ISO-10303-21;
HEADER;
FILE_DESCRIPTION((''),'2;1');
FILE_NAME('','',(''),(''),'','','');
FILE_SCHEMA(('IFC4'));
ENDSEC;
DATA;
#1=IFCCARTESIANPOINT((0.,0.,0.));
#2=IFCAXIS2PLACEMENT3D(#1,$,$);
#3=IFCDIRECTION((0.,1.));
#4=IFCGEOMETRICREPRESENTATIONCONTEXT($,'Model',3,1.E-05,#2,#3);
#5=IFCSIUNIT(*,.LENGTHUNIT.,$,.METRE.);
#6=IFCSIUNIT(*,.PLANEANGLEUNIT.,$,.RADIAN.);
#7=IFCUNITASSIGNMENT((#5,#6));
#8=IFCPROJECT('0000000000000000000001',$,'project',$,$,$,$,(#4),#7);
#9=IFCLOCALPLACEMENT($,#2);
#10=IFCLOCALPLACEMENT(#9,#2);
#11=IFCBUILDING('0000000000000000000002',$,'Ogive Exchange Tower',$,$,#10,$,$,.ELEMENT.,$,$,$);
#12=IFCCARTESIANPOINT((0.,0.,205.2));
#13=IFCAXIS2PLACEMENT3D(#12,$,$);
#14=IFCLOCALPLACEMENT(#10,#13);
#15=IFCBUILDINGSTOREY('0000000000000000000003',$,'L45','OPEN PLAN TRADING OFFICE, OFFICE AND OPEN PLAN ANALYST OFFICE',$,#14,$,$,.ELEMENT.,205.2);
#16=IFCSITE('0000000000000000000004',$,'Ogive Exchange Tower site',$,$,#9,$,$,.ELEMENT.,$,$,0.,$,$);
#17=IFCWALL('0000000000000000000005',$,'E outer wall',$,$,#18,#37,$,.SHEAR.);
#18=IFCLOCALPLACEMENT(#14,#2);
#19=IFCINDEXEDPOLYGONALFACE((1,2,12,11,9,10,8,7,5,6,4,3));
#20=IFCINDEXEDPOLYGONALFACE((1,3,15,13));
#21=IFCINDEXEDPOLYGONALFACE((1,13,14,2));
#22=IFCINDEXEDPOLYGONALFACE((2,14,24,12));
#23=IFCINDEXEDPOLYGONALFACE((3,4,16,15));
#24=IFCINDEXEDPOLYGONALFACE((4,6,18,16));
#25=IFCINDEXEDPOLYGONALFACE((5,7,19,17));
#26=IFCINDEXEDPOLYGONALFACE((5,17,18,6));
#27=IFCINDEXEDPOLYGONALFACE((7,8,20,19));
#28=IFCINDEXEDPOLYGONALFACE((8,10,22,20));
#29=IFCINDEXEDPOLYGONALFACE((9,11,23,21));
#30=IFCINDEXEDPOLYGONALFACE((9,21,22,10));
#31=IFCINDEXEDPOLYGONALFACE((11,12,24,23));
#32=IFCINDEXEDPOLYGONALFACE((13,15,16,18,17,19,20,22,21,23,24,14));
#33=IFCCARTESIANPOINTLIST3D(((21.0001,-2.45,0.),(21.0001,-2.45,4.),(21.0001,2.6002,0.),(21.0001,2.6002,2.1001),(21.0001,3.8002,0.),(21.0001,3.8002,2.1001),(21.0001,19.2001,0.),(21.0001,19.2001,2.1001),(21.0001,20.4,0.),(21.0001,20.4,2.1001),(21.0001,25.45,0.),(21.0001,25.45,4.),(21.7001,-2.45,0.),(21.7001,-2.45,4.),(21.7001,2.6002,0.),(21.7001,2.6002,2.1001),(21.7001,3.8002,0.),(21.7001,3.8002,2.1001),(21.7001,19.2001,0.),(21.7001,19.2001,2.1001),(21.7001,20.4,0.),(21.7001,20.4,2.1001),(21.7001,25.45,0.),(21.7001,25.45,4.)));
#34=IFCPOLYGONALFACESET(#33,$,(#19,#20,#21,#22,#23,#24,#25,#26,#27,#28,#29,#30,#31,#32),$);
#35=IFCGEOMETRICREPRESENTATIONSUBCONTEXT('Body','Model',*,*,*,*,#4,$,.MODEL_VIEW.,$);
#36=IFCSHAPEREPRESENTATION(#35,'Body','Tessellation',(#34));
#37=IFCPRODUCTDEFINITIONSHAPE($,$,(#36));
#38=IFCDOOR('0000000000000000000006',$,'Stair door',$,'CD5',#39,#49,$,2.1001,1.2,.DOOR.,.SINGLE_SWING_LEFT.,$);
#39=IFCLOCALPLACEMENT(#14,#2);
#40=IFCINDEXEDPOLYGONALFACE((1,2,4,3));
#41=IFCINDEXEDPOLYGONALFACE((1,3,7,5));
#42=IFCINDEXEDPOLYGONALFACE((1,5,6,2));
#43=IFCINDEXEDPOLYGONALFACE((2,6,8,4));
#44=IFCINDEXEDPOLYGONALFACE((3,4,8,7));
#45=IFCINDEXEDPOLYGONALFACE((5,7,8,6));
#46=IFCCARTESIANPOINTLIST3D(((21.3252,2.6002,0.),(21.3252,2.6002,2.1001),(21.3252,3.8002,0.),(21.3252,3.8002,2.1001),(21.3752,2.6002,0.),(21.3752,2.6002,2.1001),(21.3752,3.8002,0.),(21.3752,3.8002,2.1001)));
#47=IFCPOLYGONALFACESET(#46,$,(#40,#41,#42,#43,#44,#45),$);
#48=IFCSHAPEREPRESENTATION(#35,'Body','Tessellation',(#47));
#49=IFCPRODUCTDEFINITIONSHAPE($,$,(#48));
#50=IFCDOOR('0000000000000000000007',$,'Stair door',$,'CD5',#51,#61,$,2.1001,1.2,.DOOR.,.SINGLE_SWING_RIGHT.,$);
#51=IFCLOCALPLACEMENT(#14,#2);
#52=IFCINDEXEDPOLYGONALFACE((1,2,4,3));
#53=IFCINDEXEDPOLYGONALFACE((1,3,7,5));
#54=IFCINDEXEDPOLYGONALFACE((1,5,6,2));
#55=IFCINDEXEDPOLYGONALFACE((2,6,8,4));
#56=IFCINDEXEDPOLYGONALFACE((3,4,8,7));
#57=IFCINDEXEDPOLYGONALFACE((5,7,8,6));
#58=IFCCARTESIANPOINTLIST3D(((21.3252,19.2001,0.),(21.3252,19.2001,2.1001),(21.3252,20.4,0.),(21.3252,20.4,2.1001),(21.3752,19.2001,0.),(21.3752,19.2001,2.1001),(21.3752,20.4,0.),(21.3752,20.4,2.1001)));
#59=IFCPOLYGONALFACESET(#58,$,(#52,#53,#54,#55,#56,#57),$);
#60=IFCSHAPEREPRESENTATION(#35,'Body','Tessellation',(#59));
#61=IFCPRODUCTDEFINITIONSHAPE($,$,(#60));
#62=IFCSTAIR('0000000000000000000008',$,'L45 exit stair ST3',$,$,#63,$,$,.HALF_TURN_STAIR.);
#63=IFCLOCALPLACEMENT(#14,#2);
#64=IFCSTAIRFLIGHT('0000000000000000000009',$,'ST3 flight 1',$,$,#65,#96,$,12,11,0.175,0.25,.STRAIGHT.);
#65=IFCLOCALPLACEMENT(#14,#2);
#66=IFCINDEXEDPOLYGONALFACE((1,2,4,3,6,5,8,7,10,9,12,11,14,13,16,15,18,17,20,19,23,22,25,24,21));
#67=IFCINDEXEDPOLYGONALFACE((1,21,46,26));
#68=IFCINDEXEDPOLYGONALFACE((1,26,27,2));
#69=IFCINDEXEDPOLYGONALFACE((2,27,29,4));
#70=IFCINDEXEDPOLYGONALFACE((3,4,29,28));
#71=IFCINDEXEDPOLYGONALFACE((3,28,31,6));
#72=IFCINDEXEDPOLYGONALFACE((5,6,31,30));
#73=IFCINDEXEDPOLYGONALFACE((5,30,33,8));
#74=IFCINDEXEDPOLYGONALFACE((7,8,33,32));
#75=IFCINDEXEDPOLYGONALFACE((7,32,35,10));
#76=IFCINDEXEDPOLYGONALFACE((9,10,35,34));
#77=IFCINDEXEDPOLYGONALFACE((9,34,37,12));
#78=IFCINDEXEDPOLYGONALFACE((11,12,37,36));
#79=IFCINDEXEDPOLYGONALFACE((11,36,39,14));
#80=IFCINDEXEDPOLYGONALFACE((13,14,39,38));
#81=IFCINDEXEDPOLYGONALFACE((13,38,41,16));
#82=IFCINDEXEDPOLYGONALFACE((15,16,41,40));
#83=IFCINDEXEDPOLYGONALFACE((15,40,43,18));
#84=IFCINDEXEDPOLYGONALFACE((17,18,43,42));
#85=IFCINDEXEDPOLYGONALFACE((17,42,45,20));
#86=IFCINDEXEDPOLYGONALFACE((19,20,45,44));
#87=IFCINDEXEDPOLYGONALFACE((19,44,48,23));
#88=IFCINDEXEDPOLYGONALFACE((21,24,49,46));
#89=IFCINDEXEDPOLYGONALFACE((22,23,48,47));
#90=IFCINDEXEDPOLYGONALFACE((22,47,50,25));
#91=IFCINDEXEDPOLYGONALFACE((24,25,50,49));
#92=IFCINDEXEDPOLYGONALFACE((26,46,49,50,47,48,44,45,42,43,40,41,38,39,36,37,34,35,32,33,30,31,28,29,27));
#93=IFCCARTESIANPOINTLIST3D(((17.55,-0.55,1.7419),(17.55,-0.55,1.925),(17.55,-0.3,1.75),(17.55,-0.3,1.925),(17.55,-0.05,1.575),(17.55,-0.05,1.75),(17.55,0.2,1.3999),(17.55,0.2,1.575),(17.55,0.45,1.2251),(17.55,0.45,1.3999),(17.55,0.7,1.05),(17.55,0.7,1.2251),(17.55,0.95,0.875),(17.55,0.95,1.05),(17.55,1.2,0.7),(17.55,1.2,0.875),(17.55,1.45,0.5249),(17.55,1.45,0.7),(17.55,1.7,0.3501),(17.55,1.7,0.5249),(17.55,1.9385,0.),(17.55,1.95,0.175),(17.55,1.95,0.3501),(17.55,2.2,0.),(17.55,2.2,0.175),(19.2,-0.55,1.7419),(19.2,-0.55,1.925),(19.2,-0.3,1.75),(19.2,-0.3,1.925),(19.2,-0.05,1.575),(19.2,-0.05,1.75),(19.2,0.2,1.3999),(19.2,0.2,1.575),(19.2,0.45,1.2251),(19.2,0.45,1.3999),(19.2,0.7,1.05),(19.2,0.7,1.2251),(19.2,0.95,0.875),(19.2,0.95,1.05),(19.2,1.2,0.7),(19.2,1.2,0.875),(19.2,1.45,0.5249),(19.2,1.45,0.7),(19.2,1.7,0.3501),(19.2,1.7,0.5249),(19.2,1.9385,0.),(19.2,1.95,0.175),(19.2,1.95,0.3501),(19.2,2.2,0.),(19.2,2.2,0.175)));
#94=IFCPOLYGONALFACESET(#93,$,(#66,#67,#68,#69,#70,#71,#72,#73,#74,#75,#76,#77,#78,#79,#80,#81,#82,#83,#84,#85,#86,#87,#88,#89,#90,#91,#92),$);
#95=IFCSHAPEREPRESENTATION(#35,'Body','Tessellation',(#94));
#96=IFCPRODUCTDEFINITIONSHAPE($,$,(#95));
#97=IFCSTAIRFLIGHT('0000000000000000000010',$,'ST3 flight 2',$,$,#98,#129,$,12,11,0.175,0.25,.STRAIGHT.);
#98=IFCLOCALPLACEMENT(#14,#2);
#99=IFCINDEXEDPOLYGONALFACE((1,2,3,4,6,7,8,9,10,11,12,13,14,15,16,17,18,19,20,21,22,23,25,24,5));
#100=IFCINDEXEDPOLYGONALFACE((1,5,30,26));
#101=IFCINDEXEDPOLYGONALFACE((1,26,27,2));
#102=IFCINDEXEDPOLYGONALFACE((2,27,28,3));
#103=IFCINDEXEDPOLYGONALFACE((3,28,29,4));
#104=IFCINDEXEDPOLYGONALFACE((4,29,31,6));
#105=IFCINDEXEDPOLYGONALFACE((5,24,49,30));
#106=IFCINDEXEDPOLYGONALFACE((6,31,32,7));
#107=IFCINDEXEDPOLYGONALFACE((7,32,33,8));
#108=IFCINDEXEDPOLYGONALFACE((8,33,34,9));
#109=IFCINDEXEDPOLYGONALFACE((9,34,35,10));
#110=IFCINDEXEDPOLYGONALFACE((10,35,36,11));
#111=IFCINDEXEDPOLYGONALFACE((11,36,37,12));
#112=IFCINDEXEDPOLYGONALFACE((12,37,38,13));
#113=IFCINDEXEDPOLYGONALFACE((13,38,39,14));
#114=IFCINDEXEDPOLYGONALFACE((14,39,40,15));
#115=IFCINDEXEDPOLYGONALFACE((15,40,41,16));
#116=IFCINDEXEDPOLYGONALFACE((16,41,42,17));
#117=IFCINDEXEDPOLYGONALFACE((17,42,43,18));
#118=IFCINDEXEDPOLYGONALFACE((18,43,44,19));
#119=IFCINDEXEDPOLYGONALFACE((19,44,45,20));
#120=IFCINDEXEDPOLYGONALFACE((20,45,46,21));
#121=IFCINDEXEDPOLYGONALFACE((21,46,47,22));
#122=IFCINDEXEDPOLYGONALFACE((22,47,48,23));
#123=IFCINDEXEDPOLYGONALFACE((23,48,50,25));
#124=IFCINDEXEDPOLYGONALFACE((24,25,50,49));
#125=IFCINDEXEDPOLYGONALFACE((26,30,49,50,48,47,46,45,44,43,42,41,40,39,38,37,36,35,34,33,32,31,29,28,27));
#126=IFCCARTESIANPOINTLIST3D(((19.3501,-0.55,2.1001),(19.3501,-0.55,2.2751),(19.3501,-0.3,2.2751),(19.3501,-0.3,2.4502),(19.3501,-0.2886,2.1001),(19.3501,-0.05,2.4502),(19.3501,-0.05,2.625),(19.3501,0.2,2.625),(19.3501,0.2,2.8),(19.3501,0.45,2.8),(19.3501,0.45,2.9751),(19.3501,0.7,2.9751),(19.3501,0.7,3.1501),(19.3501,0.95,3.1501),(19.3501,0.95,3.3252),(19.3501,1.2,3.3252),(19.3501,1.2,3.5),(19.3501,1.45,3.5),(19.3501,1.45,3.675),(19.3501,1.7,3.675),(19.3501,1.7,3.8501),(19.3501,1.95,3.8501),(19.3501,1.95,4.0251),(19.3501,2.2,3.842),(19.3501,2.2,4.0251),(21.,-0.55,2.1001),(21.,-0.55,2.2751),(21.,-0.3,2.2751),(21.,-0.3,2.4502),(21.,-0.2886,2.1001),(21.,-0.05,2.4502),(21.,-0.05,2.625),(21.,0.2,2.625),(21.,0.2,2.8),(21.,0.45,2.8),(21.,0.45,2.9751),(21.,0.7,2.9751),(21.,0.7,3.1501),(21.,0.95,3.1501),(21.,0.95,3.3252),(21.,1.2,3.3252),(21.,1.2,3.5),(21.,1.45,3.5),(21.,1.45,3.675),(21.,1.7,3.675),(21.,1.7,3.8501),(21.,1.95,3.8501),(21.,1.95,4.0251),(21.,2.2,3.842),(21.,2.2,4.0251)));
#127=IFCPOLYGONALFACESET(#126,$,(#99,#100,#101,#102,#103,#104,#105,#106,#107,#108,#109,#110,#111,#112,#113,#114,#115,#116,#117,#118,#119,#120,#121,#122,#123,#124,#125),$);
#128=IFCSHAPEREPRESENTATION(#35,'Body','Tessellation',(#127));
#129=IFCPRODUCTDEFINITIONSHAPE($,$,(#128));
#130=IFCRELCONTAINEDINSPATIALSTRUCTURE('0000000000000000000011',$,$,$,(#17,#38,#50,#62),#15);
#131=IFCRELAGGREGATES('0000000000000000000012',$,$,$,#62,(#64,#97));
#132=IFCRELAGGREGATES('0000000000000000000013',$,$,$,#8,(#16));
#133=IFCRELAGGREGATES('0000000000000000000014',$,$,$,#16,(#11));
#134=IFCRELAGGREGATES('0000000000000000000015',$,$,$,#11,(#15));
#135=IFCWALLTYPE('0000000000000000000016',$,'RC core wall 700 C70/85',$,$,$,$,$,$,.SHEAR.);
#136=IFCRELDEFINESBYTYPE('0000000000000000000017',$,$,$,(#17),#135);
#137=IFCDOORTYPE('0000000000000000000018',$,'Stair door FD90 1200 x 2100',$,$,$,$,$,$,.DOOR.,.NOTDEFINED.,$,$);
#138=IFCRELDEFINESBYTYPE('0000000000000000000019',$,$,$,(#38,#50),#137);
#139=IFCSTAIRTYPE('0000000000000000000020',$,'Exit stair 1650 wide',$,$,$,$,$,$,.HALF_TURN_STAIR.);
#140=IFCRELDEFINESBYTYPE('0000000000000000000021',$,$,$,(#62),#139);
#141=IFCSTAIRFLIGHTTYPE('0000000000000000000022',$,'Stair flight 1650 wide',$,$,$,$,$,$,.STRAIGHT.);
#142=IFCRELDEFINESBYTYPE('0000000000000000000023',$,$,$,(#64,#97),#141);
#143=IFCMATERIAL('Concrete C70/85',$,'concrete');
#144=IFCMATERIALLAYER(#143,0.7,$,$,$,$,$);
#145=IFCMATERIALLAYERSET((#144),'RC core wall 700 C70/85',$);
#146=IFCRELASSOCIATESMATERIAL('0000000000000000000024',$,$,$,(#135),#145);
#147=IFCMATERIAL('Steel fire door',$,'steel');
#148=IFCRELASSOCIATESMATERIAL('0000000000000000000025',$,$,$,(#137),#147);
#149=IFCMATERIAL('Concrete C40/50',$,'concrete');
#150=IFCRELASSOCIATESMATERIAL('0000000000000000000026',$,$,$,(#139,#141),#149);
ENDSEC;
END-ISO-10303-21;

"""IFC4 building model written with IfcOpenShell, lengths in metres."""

from ifc_helpers import new_model, si_unit, direction, frame, frame_2d, origin, place, context, subcontext, project, spatial, polyline, rectangle, outline, extrude, material, layer, layer_set, type_object, element, fill, aggregate, save


model = new_model("IFC4")

# Units and contexts
model_context = context("Model", 3, precision=1e-05, world=origin(), true_north=direction((0.0, 1.0)))
body_context = subcontext(model_context, "Body", "Model", "MODEL_VIEW")
ifc_project = project(units=[si_unit("LENGTHUNIT", "METRE"), si_unit("PLANEANGLEUNIT", "RADIAN")], contexts=[model_context])

# Site, building, storey
site_placement = place(None, origin())
site = spatial("IfcSite", under=ifc_project, at=site_placement, Name="Ogive Exchange Tower site", CompositionType="ELEMENT", RefElevation=0.0)
building_placement = place(site_placement, origin())
building = spatial("IfcBuilding", under=site, at=building_placement, Name="Ogive Exchange Tower", CompositionType="ELEMENT")
storey_placement = place(building_placement, frame((0.0, 0.0, 205.2)))
storey = spatial("IfcBuildingStorey", under=building, at=storey_placement, Name="L45", Description="OPEN PLAN TRADING OFFICE, OFFICE AND OPEN PLAN ANALYST OFFICE", CompositionType="ELEMENT", Elevation=205.2)

# Shared definitions
ifc_material_1 = material(Name="Concrete C70/85", Category="concrete")
ifc_material_2 = material(Name="Steel fire door", Category="steel")

# Wall, openings, doors
ifc_layer_1 = layer(ifc_material_1, 0.7)
ifc_layer_set_1 = layer_set([ifc_layer_1], Name="RC core wall 700 C70/85")
wall_type_1 = type_object("IfcWallType", Name="RC core wall 700 C70/85", PredefinedType="SHEAR", material=ifc_layer_set_1)
wall_1_placement = place(storey_placement, frame((21.3501, -2.45, 0.0), z_axis=(0.0, 0.0, 1.0), x_axis=(0.0, 1.0, 0.0)))
wall_1 = element("IfcWall", 1, at=wall_1_placement, inside=storey, type_object=wall_type_1, Name="E outer wall", PredefinedType="SHEAR", context=body_context, shape_type="SweptSolid", body=[
    extrude(rectangle(XDim=27.8999, YDim=0.7, at=frame_2d((13.95, 0.0))), origin(), (0.0, 0.0, 1.0), 4.0),
])
opening_1_placement = place(wall_1_placement, frame((5.05, 0.0, 0.0)))
opening_1 = element("IfcOpeningElement", 2, at=opening_1_placement, cuts=wall_1, PredefinedType="OPENING", context=body_context, shape_type="SweptSolid", body=[
    extrude(rectangle(XDim=1.2, YDim=2.1001, at=frame_2d((0.6001, 1.05))), frame((0.0, 0.3599, 0.0), z_axis=(0.0, -1.0, 0.0), x_axis=(1.0, 0.0, 0.0)), (0.0, 0.0, 1.0), 0.72),
])
opening_2_placement = place(wall_1_placement, frame((21.6499, 0.0, 0.0)))
opening_2 = element("IfcOpeningElement", 3, at=opening_2_placement, cuts=wall_1, PredefinedType="OPENING", context=body_context, shape_type="SweptSolid", body=[
    extrude(rectangle(XDim=1.2, YDim=2.1001, at=frame_2d((0.6001, 1.05))), frame((0.0, 0.3599, 0.0), z_axis=(0.0, -1.0, 0.0), x_axis=(1.0, 0.0, 0.0)), (0.0, 0.0, 1.0), 0.72),
])
door_type_1 = type_object("IfcDoorType", Name="Stair door FD90 1200 x 2100", OperationType="NOTDEFINED", PredefinedType="DOOR", material=ifc_material_2)
door_1_placement = place(opening_1_placement, origin())
door_1 = element("IfcDoor", 4, at=door_1_placement, inside=storey, type_object=door_type_1, Name="Stair door", ObjectType="CD5", OperationType="SINGLE_SWING_LEFT", OverallHeight=2.1001, OverallWidth=1.2, PredefinedType="DOOR", context=body_context, shape_type="SweptSolid", body=[
    extrude(rectangle(XDim=1.2, YDim=2.1001, at=frame_2d((0.6001, 1.05))), frame((0.0, 0.0249, 0.0), z_axis=(0.0, -1.0, 0.0), x_axis=(1.0, 0.0, 0.0)), (0.0, 0.0, 1.0), 0.05),
])
fill(opening_1, door_1)
door_2_placement = place(opening_2_placement, origin())
door_2 = element("IfcDoor", 5, at=door_2_placement, inside=storey, type_object=door_type_1, Name="Stair door", ObjectType="CD5", OperationType="SINGLE_SWING_RIGHT", OverallHeight=2.1001, OverallWidth=1.2, PredefinedType="DOOR", context=body_context, shape_type="SweptSolid", body=[
    extrude(rectangle(XDim=1.2, YDim=2.1001, at=frame_2d((0.6001, 1.05))), frame((0.0, 0.0249, 0.0), z_axis=(0.0, -1.0, 0.0), x_axis=(1.0, 0.0, 0.0)), (0.0, 0.0, 1.0), 0.05),
])
fill(opening_2, door_2)

# Stair, stair flights
ifc_material_3 = material(Name="Concrete C40/50", Category="concrete")
stair_type = type_object("IfcStairType", Name="Exit stair 1650 wide", PredefinedType="HALF_TURN_STAIR", material=ifc_material_3)
stair_placement = place(storey_placement, origin())
stair = element("IfcStair", 6, at=stair_placement, inside=storey, type_object=stair_type, Name="L45 exit stair ST3", PredefinedType="HALF_TURN_STAIR")
stair_flight_type = type_object("IfcStairFlightType", Name="Stair flight 1650 wide", PredefinedType="STRAIGHT", material=ifc_material_3)
stair_flight_1_placement = place(storey_placement, frame((18.375, 2.2, 0.0), z_axis=(0.0, 0.0, 1.0), x_axis=(0.0, -1.0, 0.0)))
stair_flight_1 = element("IfcStairFlight", 7, at=stair_flight_1_placement, type_object=stair_flight_type, Name="ST3 flight 1", NumberOfRisers=12, NumberOfTreads=11, PredefinedType="STRAIGHT", RiserHeight=0.175, TreadLength=0.25, context=body_context, shape_type="SweptSolid", body=[
    extrude(outline(polyline([(0.0, 0.0), (0.0, 0.175), (0.25, 0.175), (0.25, 0.3501), (0.5, 0.3501), (0.5, 0.5249), (0.75, 0.5249), (0.75, 0.7), (1.0, 0.7), (1.0, 0.875), (1.25, 0.875), (1.25, 1.05), (1.5, 1.05), (1.5, 1.2251), (1.75, 1.2251), (1.75, 1.3999), (2.0, 1.3999), (2.0, 1.575), (2.25, 1.575), (2.25, 1.75), (2.5, 1.75), (2.5, 1.925), (2.75, 1.925), (2.75, 2.1001), (2.75, 1.7419), (0.2615, 0.0), (0.0, 0.0)])), frame((0.0, 0.825, 0.0), z_axis=(0.0, -1.0, 0.0), x_axis=(1.0, 0.0, 0.0)), (0.0, 0.0, 1.0), 1.6499),
])
stair_flight_2_placement = place(storey_placement, frame((20.175, -0.55, 2.1001), z_axis=(0.0, 0.0, 1.0), x_axis=(0.0, 1.0, 0.0)))
stair_flight_2 = element("IfcStairFlight", 8, at=stair_flight_2_placement, type_object=stair_flight_type, Name="ST3 flight 2", NumberOfRisers=12, NumberOfTreads=11, PredefinedType="STRAIGHT", RiserHeight=0.175, TreadLength=0.25, context=body_context, shape_type="SweptSolid", body=[
    extrude(outline(polyline([(0.0, 0.0), (0.0, 0.175), (0.25, 0.175), (0.25, 0.3501), (0.5, 0.3501), (0.5, 0.5249), (0.75, 0.5249), (0.75, 0.7), (1.0, 0.7), (1.0, 0.875), (1.25, 0.875), (1.25, 1.05), (1.5, 1.05), (1.5, 1.2251), (1.75, 1.2251), (1.75, 1.3999), (2.0, 1.3999), (2.0, 1.575), (2.25, 1.575), (2.25, 1.75), (2.5, 1.75), (2.5, 1.925), (2.75, 1.925), (2.75, 2.1001), (2.75, 1.7419), (0.2615, 0.0), (0.0, 0.0)])), frame((0.0, 0.825, 0.0), z_axis=(0.0, -1.0, 0.0), x_axis=(1.0, 0.0, 0.0)), (0.0, 0.0, 1.0), 1.6499),
])
aggregate(stair, [stair_flight_1, stair_flight_2])

save(model, "model.ifc")
